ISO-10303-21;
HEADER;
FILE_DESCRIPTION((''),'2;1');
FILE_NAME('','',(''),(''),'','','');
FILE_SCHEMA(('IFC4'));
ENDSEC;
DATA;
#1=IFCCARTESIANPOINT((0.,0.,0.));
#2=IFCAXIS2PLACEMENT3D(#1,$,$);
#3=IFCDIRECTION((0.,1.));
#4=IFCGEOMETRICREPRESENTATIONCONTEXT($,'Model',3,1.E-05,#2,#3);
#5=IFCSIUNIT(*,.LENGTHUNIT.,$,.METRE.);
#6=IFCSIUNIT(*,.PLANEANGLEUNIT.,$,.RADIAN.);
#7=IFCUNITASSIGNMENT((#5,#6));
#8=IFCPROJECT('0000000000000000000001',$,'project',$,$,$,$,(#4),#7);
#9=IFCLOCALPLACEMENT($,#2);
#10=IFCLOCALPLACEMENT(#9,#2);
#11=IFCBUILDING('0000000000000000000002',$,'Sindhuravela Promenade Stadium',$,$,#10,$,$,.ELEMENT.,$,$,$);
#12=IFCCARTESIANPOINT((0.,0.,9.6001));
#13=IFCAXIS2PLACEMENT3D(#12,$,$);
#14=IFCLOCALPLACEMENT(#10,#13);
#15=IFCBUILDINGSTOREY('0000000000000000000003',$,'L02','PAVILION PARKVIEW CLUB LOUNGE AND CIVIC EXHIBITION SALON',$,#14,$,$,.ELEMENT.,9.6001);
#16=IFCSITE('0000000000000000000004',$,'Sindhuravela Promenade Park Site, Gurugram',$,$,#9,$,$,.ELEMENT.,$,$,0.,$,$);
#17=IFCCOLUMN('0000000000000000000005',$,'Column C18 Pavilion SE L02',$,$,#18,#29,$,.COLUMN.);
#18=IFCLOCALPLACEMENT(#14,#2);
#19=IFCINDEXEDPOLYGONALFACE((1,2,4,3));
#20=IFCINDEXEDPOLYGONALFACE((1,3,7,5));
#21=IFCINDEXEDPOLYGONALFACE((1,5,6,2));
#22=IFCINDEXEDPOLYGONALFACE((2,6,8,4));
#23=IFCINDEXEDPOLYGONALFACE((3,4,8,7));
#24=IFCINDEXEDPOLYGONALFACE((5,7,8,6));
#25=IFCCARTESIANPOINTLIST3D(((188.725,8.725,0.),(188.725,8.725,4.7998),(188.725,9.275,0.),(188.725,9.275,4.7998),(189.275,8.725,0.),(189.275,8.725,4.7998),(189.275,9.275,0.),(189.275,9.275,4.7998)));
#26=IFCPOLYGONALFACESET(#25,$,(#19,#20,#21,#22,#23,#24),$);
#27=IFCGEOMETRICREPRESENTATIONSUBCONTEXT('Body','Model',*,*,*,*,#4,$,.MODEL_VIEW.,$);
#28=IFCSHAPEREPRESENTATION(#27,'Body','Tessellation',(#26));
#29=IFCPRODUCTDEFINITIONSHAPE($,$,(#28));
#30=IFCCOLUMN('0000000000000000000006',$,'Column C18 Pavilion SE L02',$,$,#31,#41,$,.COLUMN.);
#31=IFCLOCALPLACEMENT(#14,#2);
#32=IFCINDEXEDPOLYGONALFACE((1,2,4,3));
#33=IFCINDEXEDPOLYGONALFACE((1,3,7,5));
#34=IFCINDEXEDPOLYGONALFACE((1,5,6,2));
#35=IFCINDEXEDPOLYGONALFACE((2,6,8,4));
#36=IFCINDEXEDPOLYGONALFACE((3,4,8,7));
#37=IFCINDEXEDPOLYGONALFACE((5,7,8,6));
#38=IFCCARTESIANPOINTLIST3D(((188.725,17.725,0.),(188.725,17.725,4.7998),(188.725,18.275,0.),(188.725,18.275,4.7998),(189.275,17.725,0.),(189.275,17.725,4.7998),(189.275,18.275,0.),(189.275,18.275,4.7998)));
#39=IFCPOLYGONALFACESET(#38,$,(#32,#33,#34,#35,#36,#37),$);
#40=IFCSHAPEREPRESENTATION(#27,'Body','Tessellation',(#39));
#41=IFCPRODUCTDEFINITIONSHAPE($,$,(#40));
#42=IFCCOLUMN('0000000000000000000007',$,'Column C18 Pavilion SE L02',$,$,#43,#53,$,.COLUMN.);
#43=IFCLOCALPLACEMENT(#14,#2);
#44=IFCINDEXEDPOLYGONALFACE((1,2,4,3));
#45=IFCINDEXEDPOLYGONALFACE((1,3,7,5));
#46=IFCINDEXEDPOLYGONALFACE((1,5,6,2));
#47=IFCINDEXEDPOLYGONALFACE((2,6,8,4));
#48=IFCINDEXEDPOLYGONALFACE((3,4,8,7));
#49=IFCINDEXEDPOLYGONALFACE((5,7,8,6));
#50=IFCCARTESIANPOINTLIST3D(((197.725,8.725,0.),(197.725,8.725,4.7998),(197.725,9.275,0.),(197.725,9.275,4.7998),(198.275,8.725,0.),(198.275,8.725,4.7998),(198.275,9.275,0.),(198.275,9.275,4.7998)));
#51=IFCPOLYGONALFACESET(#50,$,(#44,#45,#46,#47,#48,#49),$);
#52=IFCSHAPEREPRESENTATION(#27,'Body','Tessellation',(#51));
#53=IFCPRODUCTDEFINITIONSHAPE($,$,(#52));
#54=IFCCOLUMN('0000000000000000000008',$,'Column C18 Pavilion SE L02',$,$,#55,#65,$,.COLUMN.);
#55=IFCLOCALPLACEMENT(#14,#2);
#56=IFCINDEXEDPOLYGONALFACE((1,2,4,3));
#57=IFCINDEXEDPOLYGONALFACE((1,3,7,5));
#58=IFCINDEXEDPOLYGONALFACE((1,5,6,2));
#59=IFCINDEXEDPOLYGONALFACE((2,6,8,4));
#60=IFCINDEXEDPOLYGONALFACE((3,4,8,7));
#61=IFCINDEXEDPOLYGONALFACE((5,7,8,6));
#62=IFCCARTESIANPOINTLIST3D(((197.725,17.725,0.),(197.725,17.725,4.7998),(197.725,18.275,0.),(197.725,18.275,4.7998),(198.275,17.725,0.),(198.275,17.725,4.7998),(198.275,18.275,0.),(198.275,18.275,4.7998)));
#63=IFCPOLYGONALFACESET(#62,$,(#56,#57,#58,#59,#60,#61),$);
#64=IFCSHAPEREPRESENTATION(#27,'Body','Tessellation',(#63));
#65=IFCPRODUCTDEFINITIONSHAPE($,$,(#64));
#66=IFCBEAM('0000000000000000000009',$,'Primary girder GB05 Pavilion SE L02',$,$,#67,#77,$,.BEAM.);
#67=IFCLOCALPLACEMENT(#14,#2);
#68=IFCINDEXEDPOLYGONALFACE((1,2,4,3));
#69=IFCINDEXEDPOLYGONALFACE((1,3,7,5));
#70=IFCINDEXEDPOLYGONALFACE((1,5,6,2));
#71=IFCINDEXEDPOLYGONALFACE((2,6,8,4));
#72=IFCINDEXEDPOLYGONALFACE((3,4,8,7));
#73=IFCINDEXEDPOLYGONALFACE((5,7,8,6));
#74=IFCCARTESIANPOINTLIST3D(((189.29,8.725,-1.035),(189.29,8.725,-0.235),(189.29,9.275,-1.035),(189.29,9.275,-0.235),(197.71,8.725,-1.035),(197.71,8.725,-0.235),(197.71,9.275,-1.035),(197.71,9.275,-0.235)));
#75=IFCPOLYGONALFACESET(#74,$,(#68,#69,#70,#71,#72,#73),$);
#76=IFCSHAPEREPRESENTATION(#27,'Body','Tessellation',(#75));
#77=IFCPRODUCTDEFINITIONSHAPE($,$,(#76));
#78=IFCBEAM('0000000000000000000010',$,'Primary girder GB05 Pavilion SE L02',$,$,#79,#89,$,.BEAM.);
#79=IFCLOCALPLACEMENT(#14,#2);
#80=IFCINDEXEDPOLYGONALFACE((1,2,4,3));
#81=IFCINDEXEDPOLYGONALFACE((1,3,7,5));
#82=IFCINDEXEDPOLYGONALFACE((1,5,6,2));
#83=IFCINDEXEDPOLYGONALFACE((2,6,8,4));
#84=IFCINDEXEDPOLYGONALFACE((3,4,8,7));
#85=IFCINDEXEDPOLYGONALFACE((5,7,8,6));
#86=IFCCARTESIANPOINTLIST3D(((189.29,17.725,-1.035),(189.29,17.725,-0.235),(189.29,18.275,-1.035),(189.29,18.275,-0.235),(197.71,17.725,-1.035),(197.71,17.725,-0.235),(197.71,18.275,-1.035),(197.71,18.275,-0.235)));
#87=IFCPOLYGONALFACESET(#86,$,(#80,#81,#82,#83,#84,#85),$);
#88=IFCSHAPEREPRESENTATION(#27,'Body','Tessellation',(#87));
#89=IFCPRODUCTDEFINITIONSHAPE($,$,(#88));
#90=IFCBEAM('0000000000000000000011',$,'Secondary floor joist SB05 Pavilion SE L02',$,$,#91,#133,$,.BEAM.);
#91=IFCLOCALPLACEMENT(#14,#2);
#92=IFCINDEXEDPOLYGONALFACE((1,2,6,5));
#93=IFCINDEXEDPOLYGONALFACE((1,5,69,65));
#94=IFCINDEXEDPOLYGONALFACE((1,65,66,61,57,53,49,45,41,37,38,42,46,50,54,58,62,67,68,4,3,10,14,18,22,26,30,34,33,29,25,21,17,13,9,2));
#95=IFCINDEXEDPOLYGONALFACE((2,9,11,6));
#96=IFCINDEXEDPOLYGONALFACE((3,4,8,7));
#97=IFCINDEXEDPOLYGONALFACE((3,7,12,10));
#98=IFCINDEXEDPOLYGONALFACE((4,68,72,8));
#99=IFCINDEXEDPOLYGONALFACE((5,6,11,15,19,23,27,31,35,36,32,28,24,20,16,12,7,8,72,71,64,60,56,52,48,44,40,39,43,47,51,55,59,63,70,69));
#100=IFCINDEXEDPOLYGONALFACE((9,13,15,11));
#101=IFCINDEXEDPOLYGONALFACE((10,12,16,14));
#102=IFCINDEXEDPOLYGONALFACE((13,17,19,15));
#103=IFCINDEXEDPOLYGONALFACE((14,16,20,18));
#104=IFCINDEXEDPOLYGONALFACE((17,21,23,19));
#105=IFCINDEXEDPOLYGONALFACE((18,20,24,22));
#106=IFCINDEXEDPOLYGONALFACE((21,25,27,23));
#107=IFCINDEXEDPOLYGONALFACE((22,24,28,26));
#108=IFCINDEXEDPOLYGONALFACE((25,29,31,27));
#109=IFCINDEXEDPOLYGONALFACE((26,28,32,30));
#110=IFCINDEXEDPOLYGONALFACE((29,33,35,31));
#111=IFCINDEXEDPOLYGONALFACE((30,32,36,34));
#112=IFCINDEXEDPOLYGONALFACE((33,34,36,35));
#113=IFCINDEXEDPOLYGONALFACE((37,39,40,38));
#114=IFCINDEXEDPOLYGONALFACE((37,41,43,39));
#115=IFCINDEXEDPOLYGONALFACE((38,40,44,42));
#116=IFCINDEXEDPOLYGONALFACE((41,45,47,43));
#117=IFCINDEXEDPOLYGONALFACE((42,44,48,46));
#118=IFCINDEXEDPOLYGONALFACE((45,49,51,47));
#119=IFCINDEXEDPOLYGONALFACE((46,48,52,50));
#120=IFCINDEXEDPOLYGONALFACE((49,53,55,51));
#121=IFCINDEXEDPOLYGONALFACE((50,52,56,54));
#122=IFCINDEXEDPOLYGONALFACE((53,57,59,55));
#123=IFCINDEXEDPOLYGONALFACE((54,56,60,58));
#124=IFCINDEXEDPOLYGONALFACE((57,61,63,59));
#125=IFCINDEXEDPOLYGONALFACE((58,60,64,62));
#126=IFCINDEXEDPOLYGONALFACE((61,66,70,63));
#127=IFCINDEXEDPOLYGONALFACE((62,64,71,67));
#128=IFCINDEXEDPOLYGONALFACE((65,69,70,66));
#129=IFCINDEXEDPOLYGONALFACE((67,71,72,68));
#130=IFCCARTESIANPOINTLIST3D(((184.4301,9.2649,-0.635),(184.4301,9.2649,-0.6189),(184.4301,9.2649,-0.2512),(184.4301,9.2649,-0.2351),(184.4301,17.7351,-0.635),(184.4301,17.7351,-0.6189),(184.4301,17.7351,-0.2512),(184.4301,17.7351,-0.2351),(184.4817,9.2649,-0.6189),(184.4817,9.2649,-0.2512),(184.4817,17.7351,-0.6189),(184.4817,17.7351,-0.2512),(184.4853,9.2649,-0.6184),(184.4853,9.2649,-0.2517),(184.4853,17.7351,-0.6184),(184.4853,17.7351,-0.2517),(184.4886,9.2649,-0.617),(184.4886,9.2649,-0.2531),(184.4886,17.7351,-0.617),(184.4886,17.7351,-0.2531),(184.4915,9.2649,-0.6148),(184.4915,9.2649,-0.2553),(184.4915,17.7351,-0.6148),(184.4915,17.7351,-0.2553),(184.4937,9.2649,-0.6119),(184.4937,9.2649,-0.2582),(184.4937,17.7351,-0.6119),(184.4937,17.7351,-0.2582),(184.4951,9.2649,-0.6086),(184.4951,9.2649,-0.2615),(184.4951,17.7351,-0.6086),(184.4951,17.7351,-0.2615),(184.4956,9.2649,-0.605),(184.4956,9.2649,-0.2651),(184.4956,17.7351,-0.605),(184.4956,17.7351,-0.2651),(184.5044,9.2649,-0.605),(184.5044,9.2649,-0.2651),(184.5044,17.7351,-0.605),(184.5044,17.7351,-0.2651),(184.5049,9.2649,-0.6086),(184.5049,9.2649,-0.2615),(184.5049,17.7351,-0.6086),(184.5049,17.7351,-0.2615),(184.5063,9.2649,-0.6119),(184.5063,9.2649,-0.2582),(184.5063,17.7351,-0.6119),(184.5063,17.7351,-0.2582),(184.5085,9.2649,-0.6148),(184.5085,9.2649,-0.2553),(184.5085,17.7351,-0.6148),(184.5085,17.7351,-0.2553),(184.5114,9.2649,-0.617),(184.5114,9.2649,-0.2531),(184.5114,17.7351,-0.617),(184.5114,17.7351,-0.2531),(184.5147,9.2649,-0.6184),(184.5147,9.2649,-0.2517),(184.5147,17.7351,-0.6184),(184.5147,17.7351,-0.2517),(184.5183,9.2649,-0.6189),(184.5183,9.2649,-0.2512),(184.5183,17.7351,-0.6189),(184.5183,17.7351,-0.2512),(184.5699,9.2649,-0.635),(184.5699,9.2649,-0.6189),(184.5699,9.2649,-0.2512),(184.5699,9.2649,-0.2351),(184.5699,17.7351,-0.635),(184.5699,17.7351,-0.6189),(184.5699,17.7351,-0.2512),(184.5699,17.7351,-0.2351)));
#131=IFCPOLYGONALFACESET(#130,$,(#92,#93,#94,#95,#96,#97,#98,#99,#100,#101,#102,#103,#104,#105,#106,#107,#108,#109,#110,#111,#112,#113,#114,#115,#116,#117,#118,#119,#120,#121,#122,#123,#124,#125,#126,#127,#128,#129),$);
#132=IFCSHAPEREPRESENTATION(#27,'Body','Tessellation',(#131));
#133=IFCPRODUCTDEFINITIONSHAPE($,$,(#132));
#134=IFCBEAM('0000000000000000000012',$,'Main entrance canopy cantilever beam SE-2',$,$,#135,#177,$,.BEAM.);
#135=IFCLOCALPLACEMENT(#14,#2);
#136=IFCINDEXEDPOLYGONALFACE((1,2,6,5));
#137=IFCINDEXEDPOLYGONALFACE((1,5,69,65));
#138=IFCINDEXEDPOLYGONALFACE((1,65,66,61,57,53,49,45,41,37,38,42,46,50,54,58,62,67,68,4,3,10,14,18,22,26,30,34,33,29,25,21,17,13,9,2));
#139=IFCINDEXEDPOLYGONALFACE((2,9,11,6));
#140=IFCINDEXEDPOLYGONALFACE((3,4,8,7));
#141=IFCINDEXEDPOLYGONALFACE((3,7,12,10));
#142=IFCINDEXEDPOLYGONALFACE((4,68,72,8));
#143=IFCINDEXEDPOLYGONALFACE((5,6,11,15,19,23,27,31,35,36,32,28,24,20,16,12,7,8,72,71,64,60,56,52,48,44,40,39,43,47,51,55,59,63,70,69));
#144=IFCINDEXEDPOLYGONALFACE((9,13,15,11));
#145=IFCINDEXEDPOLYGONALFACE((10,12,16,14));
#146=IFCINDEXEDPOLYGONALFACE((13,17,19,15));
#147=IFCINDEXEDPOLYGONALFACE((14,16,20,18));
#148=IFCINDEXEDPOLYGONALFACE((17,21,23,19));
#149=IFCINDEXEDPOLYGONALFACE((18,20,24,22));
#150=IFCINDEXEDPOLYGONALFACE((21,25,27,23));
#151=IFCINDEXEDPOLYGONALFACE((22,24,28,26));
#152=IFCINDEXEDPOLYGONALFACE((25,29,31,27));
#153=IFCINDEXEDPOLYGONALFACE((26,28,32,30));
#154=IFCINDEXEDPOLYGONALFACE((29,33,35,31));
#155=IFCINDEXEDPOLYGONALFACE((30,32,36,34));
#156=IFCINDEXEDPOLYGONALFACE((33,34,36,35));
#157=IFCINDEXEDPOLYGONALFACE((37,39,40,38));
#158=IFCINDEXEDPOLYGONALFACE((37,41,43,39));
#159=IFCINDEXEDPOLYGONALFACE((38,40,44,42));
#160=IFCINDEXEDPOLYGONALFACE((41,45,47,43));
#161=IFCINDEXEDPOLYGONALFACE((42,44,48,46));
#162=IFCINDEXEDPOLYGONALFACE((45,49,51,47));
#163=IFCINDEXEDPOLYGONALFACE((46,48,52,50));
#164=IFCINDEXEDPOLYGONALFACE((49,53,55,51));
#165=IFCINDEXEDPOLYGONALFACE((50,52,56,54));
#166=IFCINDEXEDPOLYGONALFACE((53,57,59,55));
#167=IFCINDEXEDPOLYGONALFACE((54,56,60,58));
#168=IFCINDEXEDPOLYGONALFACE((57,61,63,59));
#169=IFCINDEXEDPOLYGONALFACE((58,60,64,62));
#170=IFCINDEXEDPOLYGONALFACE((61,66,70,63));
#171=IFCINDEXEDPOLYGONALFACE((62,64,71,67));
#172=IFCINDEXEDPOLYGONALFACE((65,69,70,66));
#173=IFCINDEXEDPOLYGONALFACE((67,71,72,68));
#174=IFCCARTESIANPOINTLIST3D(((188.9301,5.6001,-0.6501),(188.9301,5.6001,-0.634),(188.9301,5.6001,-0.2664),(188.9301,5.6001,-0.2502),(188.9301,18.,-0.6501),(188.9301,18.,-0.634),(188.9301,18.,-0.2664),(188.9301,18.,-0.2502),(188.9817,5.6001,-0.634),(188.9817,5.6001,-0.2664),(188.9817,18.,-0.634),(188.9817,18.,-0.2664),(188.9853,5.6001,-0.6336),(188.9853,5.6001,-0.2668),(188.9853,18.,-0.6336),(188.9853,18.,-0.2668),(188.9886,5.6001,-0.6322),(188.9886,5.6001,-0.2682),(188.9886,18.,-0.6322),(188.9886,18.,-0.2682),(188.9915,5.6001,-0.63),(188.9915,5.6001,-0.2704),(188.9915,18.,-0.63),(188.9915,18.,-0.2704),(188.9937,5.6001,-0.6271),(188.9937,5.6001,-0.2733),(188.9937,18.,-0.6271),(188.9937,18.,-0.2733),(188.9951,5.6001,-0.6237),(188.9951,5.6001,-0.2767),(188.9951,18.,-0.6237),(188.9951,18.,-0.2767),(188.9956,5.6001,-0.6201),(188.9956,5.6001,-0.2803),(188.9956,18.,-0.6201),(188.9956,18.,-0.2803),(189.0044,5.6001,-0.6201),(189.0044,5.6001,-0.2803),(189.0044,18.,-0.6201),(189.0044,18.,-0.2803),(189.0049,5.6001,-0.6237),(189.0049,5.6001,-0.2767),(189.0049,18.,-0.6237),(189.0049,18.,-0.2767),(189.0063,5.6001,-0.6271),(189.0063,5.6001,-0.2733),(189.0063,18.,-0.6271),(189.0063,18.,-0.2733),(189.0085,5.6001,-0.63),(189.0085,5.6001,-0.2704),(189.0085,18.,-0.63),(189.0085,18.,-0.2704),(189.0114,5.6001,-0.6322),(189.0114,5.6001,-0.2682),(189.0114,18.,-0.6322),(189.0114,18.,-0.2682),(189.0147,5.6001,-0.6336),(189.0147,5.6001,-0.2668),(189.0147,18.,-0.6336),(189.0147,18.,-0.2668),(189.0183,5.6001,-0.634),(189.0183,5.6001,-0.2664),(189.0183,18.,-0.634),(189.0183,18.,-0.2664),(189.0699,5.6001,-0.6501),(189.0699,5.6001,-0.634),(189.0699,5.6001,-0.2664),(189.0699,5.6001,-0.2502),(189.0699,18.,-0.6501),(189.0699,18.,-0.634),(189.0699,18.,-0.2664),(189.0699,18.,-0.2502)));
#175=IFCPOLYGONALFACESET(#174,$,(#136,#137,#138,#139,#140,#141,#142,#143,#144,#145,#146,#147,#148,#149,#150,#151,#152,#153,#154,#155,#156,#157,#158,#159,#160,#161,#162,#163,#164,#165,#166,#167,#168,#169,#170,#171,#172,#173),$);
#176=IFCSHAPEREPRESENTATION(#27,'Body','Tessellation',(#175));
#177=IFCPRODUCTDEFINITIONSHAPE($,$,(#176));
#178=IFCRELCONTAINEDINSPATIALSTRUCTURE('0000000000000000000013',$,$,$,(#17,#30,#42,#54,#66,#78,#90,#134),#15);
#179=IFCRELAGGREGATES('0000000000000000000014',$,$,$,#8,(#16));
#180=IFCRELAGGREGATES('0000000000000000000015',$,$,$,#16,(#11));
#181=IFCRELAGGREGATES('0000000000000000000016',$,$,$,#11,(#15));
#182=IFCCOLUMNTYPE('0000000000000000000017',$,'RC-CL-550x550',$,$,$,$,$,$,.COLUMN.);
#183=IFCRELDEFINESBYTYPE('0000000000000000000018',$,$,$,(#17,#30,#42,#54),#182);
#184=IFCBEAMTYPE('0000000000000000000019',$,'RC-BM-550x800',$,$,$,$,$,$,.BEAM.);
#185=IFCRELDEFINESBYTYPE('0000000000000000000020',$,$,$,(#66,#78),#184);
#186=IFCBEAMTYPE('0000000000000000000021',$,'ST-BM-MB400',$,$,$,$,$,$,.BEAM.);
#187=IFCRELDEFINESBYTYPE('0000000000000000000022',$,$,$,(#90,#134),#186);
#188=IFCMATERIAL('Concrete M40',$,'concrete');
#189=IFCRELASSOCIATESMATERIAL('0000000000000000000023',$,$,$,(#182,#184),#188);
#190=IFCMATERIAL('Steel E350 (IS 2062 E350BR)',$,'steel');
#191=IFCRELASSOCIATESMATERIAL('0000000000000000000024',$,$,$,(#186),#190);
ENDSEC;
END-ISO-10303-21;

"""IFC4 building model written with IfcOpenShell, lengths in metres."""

from ifc_helpers import new_model, si_unit, direction, frame, origin, origin_2d, place, context, subcontext, project, spatial, rectangle, i_section, extrude, material, material_profile, profile_set, type_object, element, save


model = new_model("IFC4")

# Units and contexts
model_context = context("Model", 3, precision=1e-05, world=origin(), true_north=direction((0.0, 1.0)))
body_context = subcontext(model_context, "Body", "Model", "MODEL_VIEW")
ifc_project = project(units=[si_unit("LENGTHUNIT", "METRE"), si_unit("PLANEANGLEUNIT", "RADIAN")], contexts=[model_context])

# Site, building, storey
site_placement = place(None, origin())
site = spatial("IfcSite", under=ifc_project, at=site_placement, Name="Sindhuravela Promenade Park Site, Gurugram", CompositionType="ELEMENT", RefElevation=0.0)
building_placement = place(site_placement, origin())
building = spatial("IfcBuilding", under=site, at=building_placement, Name="Sindhuravela Promenade Stadium", CompositionType="ELEMENT")
storey_placement = place(building_placement, frame((0.0, 0.0, 9.6001)))
storey = spatial("IfcBuildingStorey", under=building, at=storey_placement, Name="L02", Description="PAVILION PARKVIEW CLUB LOUNGE AND CIVIC EXHIBITION SALON", CompositionType="ELEMENT", Elevation=9.6001)

# Columns
ifc_material_1 = material(Name="Concrete M40", Category="concrete")
ifc_material_profile_1 = material_profile(ifc_material_1, rectangle(XDim=0.55, YDim=0.55, at=origin_2d()), Name="RC 550x550")
ifc_profile_set_1 = profile_set([ifc_material_profile_1], Name="Concrete M40")
column_type = type_object("IfcColumnType", Name="RC-CL-550x550", PredefinedType="COLUMN", material=ifc_profile_set_1)
for number, where, z_axis, x_axis, name in (
    (1, (189.0, 9.0, 0.0), (0.0, 0.0, 1.0), (1.0, 0.0, 0.0), "Column C18 Pavilion SE L02"),
    (2, (189.0, 18.0, 0.0), (0.0, 0.0, 1.0), (1.0, 0.0, 0.0), "Column C18 Pavilion SE L02"),
    (3, (198.0, 9.0, 0.0), (0.0, 0.0, 1.0), (1.0, 0.0, 0.0), "Column C18 Pavilion SE L02"),
    (4, (198.0, 18.0, 0.0), (0.0, 0.0, 1.0), (1.0, 0.0, 0.0), "Column C18 Pavilion SE L02"),
):
    element("IfcColumn", number, at=place(storey_placement, frame(where, z_axis=z_axis, x_axis=x_axis)), inside=storey, type_object=column_type, Name=name, PredefinedType="COLUMN", context=body_context, shape_type="SweptSolid", body=[
        extrude(rectangle(XDim=0.55, YDim=0.55, at=origin_2d()), origin(), (0.0, 0.0, 1.0), 4.7998),
    ])

# Beams
ifc_material_profile_2 = material_profile(ifc_material_1, rectangle(XDim=0.55, YDim=0.8, at=origin_2d()), Name="RC 550x800")
ifc_profile_set_2 = profile_set([ifc_material_profile_2], Name="Concrete M40")
beam_type_1 = type_object("IfcBeamType", Name="RC-BM-550x800", PredefinedType="BEAM", material=ifc_profile_set_2)
for number, where, z_axis, x_axis, name in (
    (5, (189.29, 9.0, -0.635), (1.0, 0.0, 0.0), (0.0, 1.0, 0.0), "Primary girder GB05 Pavilion SE L02"),
    (6, (189.29, 18.0, -0.635), (1.0, 0.0, 0.0), (0.0, 1.0, 0.0), "Primary girder GB05 Pavilion SE L02"),
):
    element("IfcBeam", number, at=place(storey_placement, frame(where, z_axis=z_axis, x_axis=x_axis)), inside=storey, type_object=beam_type_1, Name=name, PredefinedType="BEAM", context=body_context, shape_type="SweptSolid", body=[
        extrude(rectangle(XDim=0.55, YDim=0.8, at=origin_2d()), origin(), (0.0, 0.0, 1.0), 8.4199),
    ])
ifc_material_2 = material(Name="Steel E350 (IS 2062 E350BR)", Category="steel")
ifc_material_profile_3 = material_profile(ifc_material_2, i_section(OverallWidth=0.1399, OverallDepth=0.3999, WebThickness=0.0088, FlangeThickness=0.0161, FilletRadius=0.0139, at=origin_2d()), Name="ISMB 400")
ifc_profile_set_3 = profile_set([ifc_material_profile_3], Name="Steel E350 (IS 2062 E350BR)")
beam_type_2 = type_object("IfcBeamType", Name="ST-BM-MB400", PredefinedType="BEAM", material=ifc_profile_set_3)
beam_1_placement = place(storey_placement, frame((184.5, 9.2649, -0.4351), z_axis=(0.0, 1.0, 0.0), x_axis=(-1.0, 0.0, 0.0)))
element("IfcBeam", 7, at=beam_1_placement, inside=storey, type_object=beam_type_2, Name="Secondary floor joist SB05 Pavilion SE L02", PredefinedType="BEAM", context=body_context, shape_type="SweptSolid", body=[
    extrude(i_section(OverallWidth=0.1399, OverallDepth=0.3999, WebThickness=0.0088, FlangeThickness=0.0161, FilletRadius=0.0139, at=origin_2d()), origin(), (0.0, 0.0, 1.0), 8.4702),
])
for number, where, z_axis, x_axis, name in (
    (8, (189.0, 18.0, -0.4502), (0.0, -1.0, 0.0), (1.0, 0.0, 0.0), "Main entrance canopy cantilever beam SE-2"),
):
    element("IfcBeam", number, at=place(storey_placement, frame(where, z_axis=z_axis, x_axis=x_axis)), inside=storey, type_object=beam_type_2, Name=name, PredefinedType="BEAM", context=body_context, shape_type="SweptSolid", body=[
        extrude(i_section(OverallWidth=0.1399, OverallDepth=0.3999, WebThickness=0.0088, FlangeThickness=0.0161, FilletRadius=0.0139, at=origin_2d()), origin(), (0.0, 0.0, 1.0), 12.3999),
    ])

save(model, "model.ifc")
